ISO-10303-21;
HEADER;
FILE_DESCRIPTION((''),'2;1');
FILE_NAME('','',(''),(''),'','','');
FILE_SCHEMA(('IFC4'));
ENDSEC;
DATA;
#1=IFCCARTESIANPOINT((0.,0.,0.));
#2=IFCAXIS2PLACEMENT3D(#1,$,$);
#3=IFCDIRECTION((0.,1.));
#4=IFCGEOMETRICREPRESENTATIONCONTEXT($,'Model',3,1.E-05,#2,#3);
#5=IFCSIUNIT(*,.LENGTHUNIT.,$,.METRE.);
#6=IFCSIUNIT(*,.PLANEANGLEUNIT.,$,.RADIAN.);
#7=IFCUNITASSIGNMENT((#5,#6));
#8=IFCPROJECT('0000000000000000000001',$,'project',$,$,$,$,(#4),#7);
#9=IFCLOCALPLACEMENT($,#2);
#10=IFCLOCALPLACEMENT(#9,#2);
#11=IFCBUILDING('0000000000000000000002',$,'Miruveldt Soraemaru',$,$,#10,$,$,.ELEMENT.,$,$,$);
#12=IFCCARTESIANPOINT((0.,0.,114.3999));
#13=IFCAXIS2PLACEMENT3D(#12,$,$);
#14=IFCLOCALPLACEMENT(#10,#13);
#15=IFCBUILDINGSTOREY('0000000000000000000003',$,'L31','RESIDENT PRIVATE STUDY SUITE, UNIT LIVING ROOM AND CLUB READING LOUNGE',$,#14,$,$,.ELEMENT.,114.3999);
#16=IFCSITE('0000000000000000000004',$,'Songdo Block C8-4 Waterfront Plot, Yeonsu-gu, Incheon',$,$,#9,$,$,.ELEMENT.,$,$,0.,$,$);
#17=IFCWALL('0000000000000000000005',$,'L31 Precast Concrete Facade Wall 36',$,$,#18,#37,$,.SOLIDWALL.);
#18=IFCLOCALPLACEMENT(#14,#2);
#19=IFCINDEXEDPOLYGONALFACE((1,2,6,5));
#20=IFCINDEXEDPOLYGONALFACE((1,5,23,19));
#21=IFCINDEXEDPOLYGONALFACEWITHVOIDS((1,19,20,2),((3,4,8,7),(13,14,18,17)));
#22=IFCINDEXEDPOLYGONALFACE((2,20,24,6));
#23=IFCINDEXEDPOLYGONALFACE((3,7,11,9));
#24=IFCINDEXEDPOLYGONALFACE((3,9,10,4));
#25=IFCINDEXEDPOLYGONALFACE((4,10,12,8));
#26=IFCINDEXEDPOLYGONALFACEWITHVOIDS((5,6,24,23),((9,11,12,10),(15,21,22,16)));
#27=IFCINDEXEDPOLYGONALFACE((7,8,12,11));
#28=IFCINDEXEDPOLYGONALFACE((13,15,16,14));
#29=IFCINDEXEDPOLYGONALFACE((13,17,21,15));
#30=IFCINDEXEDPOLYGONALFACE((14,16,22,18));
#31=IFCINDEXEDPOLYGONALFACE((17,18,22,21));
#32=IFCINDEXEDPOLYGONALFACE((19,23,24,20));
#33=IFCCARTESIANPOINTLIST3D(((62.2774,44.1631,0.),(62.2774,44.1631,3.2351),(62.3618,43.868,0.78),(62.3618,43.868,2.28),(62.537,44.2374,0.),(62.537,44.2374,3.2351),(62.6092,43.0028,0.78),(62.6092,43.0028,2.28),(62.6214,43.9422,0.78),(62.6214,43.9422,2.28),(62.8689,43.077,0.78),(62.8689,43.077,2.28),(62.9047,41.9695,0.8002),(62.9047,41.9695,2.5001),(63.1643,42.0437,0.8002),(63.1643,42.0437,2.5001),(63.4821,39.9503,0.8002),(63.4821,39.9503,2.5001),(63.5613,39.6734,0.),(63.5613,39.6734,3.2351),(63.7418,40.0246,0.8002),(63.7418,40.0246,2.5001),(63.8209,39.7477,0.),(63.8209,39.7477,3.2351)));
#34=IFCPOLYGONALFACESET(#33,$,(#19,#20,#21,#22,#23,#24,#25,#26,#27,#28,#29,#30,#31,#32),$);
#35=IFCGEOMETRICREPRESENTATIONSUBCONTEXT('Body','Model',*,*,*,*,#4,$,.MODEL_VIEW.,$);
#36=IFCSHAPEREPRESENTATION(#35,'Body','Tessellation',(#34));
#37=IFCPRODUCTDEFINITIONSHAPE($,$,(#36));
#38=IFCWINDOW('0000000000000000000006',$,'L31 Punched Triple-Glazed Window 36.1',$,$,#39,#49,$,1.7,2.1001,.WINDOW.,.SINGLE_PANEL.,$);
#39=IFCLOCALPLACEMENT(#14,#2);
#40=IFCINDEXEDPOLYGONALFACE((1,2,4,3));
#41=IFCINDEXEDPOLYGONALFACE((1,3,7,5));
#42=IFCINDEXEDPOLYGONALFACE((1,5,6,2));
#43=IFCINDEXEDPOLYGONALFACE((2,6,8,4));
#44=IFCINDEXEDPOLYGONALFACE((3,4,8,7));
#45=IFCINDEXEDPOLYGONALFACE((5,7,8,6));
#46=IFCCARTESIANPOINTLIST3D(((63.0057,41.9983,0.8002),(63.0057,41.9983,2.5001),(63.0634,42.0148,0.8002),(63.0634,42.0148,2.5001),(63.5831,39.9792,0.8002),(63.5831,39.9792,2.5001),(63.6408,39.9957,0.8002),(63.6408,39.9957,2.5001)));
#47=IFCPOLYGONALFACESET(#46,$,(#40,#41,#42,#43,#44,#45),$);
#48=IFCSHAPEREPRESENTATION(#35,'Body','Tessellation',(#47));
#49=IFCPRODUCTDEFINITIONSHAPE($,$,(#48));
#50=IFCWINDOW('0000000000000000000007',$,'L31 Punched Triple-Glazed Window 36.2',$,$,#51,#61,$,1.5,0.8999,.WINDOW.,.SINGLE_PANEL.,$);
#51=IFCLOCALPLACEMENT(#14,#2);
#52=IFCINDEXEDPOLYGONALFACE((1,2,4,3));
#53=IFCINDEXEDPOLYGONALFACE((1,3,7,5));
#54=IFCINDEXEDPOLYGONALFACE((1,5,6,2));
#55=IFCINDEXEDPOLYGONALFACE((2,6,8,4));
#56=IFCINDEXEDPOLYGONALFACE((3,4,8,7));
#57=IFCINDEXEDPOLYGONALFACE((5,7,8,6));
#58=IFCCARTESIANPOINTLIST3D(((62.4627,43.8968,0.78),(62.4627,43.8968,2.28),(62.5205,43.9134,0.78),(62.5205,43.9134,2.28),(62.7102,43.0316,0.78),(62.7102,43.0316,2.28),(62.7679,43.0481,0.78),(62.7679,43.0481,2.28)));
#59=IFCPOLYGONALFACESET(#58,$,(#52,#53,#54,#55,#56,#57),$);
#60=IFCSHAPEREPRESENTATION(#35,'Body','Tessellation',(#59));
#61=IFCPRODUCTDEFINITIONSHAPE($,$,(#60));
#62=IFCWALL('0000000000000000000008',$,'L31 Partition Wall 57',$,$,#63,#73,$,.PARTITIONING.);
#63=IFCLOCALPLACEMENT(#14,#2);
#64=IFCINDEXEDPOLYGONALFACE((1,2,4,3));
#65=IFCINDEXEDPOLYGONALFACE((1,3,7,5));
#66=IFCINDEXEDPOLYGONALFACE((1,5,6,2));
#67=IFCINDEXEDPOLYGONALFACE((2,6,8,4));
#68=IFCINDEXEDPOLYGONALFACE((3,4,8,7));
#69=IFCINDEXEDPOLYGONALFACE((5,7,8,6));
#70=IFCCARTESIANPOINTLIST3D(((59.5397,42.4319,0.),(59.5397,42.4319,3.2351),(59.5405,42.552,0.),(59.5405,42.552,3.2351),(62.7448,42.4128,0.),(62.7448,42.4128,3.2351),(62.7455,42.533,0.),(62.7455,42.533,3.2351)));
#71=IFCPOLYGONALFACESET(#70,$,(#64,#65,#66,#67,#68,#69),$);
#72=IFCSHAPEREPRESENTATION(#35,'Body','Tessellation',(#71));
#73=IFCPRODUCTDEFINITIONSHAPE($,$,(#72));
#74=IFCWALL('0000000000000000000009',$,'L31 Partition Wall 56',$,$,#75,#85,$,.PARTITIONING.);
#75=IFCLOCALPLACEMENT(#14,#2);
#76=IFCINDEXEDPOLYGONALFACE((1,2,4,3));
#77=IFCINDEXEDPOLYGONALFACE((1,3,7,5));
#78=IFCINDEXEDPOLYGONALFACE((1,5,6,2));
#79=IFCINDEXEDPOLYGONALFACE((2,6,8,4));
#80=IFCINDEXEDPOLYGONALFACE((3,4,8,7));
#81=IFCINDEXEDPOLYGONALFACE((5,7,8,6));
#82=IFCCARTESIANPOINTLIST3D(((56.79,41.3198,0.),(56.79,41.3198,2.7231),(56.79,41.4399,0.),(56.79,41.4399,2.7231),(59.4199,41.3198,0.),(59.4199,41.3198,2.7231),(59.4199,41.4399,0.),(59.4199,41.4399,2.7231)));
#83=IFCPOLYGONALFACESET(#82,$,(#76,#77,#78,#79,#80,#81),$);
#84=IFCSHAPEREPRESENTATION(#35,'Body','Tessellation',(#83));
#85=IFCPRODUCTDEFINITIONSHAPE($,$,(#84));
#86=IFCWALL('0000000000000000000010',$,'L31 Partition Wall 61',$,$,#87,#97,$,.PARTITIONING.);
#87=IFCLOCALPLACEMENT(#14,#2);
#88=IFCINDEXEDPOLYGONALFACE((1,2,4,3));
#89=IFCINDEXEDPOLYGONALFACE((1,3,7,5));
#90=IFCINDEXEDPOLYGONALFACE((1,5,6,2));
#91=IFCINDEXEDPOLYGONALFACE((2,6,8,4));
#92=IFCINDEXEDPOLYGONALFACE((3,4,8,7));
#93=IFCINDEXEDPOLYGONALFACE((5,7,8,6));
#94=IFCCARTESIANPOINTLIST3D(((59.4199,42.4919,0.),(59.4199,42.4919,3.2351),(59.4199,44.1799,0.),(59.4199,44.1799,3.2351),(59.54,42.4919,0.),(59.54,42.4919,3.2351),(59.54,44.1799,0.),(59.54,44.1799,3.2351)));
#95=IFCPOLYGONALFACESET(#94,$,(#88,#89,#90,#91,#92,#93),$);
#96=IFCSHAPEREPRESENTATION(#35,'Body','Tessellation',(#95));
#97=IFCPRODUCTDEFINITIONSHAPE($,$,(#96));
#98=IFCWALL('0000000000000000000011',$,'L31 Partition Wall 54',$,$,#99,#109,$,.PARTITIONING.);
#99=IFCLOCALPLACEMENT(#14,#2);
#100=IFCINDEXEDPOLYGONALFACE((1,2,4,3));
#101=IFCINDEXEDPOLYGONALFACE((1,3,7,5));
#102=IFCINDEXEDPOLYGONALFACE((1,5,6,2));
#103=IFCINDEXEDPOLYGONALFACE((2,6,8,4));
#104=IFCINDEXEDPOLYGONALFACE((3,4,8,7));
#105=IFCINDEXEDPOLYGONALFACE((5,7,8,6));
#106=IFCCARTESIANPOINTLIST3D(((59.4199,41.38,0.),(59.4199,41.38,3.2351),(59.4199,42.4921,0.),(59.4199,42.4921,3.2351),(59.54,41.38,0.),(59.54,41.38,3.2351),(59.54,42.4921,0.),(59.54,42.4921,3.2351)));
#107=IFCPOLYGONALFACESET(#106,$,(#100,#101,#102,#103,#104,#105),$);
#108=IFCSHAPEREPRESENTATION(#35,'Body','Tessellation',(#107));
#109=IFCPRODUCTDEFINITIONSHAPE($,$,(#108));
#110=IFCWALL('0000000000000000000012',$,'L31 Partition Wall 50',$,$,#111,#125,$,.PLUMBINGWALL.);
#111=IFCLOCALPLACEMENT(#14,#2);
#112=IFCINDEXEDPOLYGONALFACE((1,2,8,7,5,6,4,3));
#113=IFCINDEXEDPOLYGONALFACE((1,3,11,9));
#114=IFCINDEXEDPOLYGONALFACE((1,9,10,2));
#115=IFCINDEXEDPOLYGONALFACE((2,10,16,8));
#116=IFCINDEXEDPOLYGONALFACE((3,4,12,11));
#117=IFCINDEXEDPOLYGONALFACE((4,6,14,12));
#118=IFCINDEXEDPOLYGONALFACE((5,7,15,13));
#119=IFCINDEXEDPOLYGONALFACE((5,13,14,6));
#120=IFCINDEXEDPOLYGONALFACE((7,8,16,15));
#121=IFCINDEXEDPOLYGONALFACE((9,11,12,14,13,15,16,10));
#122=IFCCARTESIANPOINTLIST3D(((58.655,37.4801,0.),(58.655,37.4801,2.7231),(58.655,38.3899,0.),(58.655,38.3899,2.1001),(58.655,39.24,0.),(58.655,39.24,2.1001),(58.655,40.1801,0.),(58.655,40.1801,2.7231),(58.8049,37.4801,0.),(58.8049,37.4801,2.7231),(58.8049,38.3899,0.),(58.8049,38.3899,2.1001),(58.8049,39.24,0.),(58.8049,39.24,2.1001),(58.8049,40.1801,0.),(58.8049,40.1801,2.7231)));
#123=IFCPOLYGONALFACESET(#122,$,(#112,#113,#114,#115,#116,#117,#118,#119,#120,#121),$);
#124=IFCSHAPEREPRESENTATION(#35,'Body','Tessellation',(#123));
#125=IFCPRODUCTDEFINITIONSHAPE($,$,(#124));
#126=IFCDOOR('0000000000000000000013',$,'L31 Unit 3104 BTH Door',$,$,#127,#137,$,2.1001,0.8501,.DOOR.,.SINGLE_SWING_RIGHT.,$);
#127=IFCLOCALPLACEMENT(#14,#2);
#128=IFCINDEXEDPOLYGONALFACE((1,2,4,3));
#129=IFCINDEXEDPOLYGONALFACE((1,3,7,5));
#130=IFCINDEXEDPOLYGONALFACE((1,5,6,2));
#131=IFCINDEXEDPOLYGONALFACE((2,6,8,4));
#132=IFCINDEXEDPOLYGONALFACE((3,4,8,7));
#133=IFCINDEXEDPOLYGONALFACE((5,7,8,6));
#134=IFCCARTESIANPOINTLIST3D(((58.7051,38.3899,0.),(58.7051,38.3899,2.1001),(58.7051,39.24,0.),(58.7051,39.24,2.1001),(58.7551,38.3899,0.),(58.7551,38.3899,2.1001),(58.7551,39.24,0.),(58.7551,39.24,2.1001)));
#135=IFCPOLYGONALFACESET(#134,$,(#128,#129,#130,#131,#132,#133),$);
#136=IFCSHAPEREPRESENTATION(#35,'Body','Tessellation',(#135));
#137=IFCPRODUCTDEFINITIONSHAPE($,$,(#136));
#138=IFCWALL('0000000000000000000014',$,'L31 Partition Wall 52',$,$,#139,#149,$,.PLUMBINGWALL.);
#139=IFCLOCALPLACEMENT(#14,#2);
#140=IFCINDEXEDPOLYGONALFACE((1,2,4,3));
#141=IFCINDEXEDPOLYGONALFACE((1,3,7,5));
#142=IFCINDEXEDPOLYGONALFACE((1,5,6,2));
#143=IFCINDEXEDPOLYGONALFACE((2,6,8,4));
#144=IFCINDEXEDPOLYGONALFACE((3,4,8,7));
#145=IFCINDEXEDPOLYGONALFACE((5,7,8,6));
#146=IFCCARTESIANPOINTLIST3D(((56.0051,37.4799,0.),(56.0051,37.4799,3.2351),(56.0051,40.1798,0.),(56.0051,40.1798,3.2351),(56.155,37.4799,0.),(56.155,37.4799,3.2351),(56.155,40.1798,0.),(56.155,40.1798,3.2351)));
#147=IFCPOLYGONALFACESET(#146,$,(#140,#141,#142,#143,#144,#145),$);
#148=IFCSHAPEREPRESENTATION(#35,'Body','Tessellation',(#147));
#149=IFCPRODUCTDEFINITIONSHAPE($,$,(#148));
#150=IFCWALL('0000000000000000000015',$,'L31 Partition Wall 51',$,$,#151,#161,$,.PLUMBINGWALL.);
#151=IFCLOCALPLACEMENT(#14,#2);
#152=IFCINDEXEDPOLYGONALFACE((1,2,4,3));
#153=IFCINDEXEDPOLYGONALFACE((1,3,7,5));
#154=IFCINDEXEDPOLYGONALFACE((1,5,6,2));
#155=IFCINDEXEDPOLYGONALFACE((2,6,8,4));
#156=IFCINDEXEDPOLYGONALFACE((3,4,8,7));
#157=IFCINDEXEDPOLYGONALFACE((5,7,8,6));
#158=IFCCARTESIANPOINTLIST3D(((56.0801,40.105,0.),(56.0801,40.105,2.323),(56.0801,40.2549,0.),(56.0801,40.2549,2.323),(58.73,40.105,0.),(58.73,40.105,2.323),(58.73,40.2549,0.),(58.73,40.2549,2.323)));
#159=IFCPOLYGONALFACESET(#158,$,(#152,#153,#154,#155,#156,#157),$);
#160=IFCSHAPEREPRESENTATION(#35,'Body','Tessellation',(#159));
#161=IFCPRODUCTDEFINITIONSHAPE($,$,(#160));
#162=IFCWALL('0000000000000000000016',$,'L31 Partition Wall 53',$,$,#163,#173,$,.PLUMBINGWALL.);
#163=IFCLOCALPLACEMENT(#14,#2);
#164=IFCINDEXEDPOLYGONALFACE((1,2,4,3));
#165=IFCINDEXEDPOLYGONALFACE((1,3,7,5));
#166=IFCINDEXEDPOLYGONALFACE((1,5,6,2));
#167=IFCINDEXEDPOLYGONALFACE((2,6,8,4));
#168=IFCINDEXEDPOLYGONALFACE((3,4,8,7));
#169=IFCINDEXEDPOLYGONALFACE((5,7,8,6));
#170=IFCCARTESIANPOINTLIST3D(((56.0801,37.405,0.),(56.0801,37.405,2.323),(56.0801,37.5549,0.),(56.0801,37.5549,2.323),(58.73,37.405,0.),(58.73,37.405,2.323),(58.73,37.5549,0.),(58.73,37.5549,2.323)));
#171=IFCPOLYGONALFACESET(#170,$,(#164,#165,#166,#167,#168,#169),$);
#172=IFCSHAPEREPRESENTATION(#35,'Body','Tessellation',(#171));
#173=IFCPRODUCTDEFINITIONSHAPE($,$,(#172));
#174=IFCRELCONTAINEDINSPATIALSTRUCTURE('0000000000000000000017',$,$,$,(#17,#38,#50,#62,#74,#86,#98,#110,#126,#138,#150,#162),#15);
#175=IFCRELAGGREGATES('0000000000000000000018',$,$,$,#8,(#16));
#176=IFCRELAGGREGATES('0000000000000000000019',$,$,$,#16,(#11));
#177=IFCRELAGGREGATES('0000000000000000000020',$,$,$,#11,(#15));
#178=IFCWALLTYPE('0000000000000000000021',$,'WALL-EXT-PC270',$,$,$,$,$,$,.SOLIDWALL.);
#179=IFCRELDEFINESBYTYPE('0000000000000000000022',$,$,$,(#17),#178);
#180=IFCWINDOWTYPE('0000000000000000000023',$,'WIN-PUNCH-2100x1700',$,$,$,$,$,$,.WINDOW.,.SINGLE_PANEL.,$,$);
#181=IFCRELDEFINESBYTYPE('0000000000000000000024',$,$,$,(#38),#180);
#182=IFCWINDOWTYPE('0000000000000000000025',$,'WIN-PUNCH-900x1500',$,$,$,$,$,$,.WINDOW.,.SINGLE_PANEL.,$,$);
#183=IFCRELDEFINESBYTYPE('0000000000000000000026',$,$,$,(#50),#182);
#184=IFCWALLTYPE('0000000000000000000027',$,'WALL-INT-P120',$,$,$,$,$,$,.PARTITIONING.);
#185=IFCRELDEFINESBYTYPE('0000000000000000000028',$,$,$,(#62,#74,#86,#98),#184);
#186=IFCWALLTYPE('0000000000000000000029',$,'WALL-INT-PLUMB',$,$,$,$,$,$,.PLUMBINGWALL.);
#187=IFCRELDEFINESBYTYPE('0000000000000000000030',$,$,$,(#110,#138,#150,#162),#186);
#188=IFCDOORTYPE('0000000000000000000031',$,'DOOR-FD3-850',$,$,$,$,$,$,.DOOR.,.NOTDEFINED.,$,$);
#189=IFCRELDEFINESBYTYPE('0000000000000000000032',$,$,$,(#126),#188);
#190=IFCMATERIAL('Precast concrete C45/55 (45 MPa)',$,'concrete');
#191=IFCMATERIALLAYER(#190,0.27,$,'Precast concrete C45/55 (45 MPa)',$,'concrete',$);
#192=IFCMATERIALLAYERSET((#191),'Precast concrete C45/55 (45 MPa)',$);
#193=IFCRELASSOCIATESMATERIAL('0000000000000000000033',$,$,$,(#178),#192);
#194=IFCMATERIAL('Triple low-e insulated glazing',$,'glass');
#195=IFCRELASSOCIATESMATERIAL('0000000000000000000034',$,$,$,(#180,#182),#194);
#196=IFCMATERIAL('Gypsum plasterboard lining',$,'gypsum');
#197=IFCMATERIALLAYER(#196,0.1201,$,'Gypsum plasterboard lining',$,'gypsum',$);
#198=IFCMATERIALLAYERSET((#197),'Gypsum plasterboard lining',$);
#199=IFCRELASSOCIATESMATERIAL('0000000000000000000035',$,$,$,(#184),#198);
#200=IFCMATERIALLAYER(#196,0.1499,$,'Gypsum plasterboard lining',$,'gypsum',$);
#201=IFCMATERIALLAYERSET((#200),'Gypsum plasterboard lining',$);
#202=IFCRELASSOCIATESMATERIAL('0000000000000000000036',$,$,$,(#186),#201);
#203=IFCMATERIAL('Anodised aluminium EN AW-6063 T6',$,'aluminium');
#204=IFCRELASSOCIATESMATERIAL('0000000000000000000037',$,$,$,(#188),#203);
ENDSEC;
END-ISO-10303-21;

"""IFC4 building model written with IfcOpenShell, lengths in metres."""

from ifc_helpers import new_model, si_unit, direction, frame, frame_2d, origin, place, context, subcontext, project, spatial, rectangle, extrude, material, layer, layer_set, type_object, element, fill, save


model = new_model("IFC4")

# Units and contexts
model_context = context("Model", 3, precision=1e-05, world=origin(), true_north=direction((0.0, 1.0)))
body_context = subcontext(model_context, "Body", "Model", "MODEL_VIEW")
ifc_project = project(units=[si_unit("LENGTHUNIT", "METRE"), si_unit("PLANEANGLEUNIT", "RADIAN")], contexts=[model_context])

# Site, building, storey
site_placement = place(None, origin())
site = spatial("IfcSite", under=ifc_project, at=site_placement, Name="Songdo Block C8-4 Waterfront Plot, Yeonsu-gu, Incheon", CompositionType="ELEMENT", RefElevation=0.0)
building_placement = place(site_placement, origin())
building = spatial("IfcBuilding", under=site, at=building_placement, Name="Miruveldt Soraemaru", CompositionType="ELEMENT")
storey_placement = place(building_placement, frame((0.0, 0.0, 114.3999)))
storey = spatial("IfcBuildingStorey", under=building, at=storey_placement, Name="L31", Description="RESIDENT PRIVATE STUDY SUITE, UNIT LIVING ROOM AND CLUB READING LOUNGE", CompositionType="ELEMENT", Elevation=114.3999)

# Shared definitions
ifc_material_1 = material(Name="Anodised aluminium EN AW-6063 T6", Category="aluminium")

# Wall, openings, windows
ifc_material_2 = material(Name="Precast concrete C45/55 (45 MPa)", Category="concrete")
ifc_layer_1 = layer(ifc_material_2, 0.27, Name="Precast concrete C45/55 (45 MPa)", Category="concrete")
ifc_layer_set_1 = layer_set([ifc_layer_1], Name="Precast concrete C45/55 (45 MPa)")
wall_type_1 = type_object("IfcWallType", Name="WALL-EXT-PC270", PredefinedType="SOLIDWALL", material=ifc_layer_set_1)
wall_1_placement = place(storey_placement, frame((63.6912, 39.7104, 0.0), z_axis=(0.0, 0.0, 1.0), x_axis=(-0.274949, 0.961459, 0.0)))
wall_1 = element("IfcWall", 1, at=wall_1_placement, inside=storey, type_object=wall_type_1, Name="L31 Precast Concrete Facade Wall 36", PredefinedType="SOLIDWALL", context=body_context, shape_type="SweptSolid", body=[
    extrude(rectangle(XDim=4.6697, YDim=0.27, at=frame_2d((2.335, 0.0))), origin(), (0.0, 0.0, 1.0), 3.2351),
])
opening_1_placement = place(wall_1_placement, frame((0.2881, 0.0, 0.8)))
opening_1 = element("IfcOpeningElement", 2, at=opening_1_placement, cuts=wall_1, PredefinedType="OPENING", context=body_context, shape_type="SweptSolid", body=[
    extrude(rectangle(XDim=2.1001, YDim=1.7, at=frame_2d((1.05, 0.8501))), frame((0.0, 0.145, 0.0), z_axis=(0.0, -1.0, 0.0), x_axis=(1.0, 0.0, 0.0)), (0.0, 0.0, 1.0), 0.29),
])
opening_2_placement = place(wall_1_placement, frame((3.4629, 0.0, 0.78)))
opening_2 = element("IfcOpeningElement", 3, at=opening_2_placement, cuts=wall_1, PredefinedType="OPENING", context=body_context, shape_type="SweptSolid", body=[
    extrude(rectangle(XDim=0.8999, YDim=1.5, at=frame_2d((0.45, 0.75))), frame((0.0, 0.145, 0.0), z_axis=(0.0, -1.0, 0.0), x_axis=(1.0, 0.0, 0.0)), (0.0, 0.0, 1.0), 0.29),
])
ifc_material_3 = material(Name="Triple low-e insulated glazing", Category="glass")
window_type_1 = type_object("IfcWindowType", Name="WIN-PUNCH-2100x1700", PartitioningType="SINGLE_PANEL", PredefinedType="WINDOW", material=ifc_material_3)
window_1_placement = place(opening_1_placement, origin())
window_1 = element("IfcWindow", 4, at=window_1_placement, inside=storey, type_object=window_type_1, Name="L31 Punched Triple-Glazed Window 36.1", OverallHeight=1.7, OverallWidth=2.1001, PartitioningType="SINGLE_PANEL", PredefinedType="WINDOW", context=body_context, shape_type="SweptSolid", body=[
    extrude(rectangle(XDim=2.1001, YDim=1.7, at=frame_2d((1.05, 0.8501))), frame((0.0, 0.03, 0.0), z_axis=(0.0, -1.0, 0.0), x_axis=(1.0, 0.0, 0.0)), (0.0, 0.0, 1.0), 0.0601),
])
fill(opening_1, window_1)
window_type_2 = type_object("IfcWindowType", Name="WIN-PUNCH-900x1500", PartitioningType="SINGLE_PANEL", PredefinedType="WINDOW", material=ifc_material_3)
window_2_placement = place(opening_2_placement, origin())
window_2 = element("IfcWindow", 5, at=window_2_placement, inside=storey, type_object=window_type_2, Name="L31 Punched Triple-Glazed Window 36.2", OverallHeight=1.5, OverallWidth=0.8999, PartitioningType="SINGLE_PANEL", PredefinedType="WINDOW", context=body_context, shape_type="SweptSolid", body=[
    extrude(rectangle(XDim=0.8999, YDim=1.5, at=frame_2d((0.45, 0.75))), frame((0.0, 0.03, 0.0), z_axis=(0.0, -1.0, 0.0), x_axis=(1.0, 0.0, 0.0)), (0.0, 0.0, 1.0), 0.0601),
])
fill(opening_2, window_2)

# Walls
ifc_material_4 = material(Name="Gypsum plasterboard lining", Category="gypsum")
ifc_layer_2 = layer(ifc_material_4, 0.1201, Name="Gypsum plasterboard lining", Category="gypsum")
ifc_layer_set_2 = layer_set([ifc_layer_2], Name="Gypsum plasterboard lining")
wall_type_2 = type_object("IfcWallType", Name="WALL-INT-P120", PredefinedType="PARTITIONING", material=ifc_layer_set_2)
wall_2_placement = place(storey_placement, frame((62.7451, 42.4729, 0.0), z_axis=(0.0, 0.0, 1.0), x_axis=(-0.999982, 0.005941, 0.0)))
element("IfcWall", 6, at=wall_2_placement, inside=storey, type_object=wall_type_2, Name="L31 Partition Wall 57", PredefinedType="PARTITIONING", context=body_context, shape_type="SweptSolid", body=[
    extrude(rectangle(XDim=3.2051, YDim=0.1201, at=frame_2d((1.6025, 0.0))), origin(), (0.0, 0.0, 1.0), 3.2351),
])
wall_3_placement = place(storey_placement, frame((56.79, 41.3799, 0.0), z_axis=(0.0, 0.0, 1.0), x_axis=(1.0, 0.0, 0.0)))
element("IfcWall", 7, at=wall_3_placement, inside=storey, type_object=wall_type_2, Name="L31 Partition Wall 56", PredefinedType="PARTITIONING", context=body_context, shape_type="SweptSolid", body=[
    extrude(rectangle(XDim=2.6299, YDim=0.1201, at=frame_2d((1.3149, 0.0))), origin(), (0.0, 0.0, 1.0), 2.7231),
])
wall_4_placement = place(storey_placement, frame((59.48, 42.4919, 0.0), z_axis=(0.0, 0.0, 1.0), x_axis=(0.0, 1.0, 0.0)))
element("IfcWall", 8, at=wall_4_placement, inside=storey, type_object=wall_type_2, Name="L31 Partition Wall 61", PredefinedType="PARTITIONING", context=body_context, shape_type="SweptSolid", body=[
    extrude(rectangle(XDim=1.688, YDim=0.1201, at=frame_2d((0.844, 0.0))), origin(), (0.0, 0.0, 1.0), 3.2351),
])
wall_5_placement = place(storey_placement, frame((59.48, 41.3799, 0.0), z_axis=(0.0, 0.0, 1.0), x_axis=(0.0, 1.0, 0.0)))
element("IfcWall", 9, at=wall_5_placement, inside=storey, type_object=wall_type_2, Name="L31 Partition Wall 54", PredefinedType="PARTITIONING", context=body_context, shape_type="SweptSolid", body=[
    extrude(rectangle(XDim=1.1121, YDim=0.1201, at=frame_2d((0.5562, 0.0))), origin(), (0.0, 0.0, 1.0), 3.2351),
])

# Wall, opening, door
ifc_layer_3 = layer(ifc_material_4, 0.1499, Name="Gypsum plasterboard lining", Category="gypsum")
ifc_layer_set_3 = layer_set([ifc_layer_3], Name="Gypsum plasterboard lining")
wall_type_3 = type_object("IfcWallType", Name="WALL-INT-PLUMB", PredefinedType="PLUMBINGWALL", material=ifc_layer_set_3)
wall_6_placement = place(storey_placement, frame((58.73, 37.48, 0.0), z_axis=(0.0, 0.0, 1.0), x_axis=(0.0, 1.0, 0.0)))
wall_6 = element("IfcWall", 10, at=wall_6_placement, inside=storey, type_object=wall_type_3, Name="L31 Partition Wall 50", PredefinedType="PLUMBINGWALL", context=body_context, shape_type="SweptSolid", body=[
    extrude(rectangle(XDim=2.7, YDim=0.1499, at=frame_2d((1.3501, 0.0))), origin(), (0.0, 0.0, 1.0), 2.7231),
])
opening_3_placement = place(wall_6_placement, frame((0.9099, 0.0, 0.0)))
opening_3 = element("IfcOpeningElement", 11, at=opening_3_placement, cuts=wall_6, PredefinedType="OPENING", context=body_context, shape_type="SweptSolid", body=[
    extrude(rectangle(XDim=0.8501, YDim=2.1001, at=frame_2d((0.425, 1.05))), frame((0.0, 0.085, 0.0), z_axis=(0.0, -1.0, 0.0), x_axis=(1.0, 0.0, 0.0)), (0.0, 0.0, 1.0), 0.1699),
])
door_type_1 = type_object("IfcDoorType", Name="DOOR-FD3-850", OperationType="NOTDEFINED", PredefinedType="DOOR", material=ifc_material_1)
door_1_placement = place(opening_3_placement, origin())
door_1 = element("IfcDoor", 12, at=door_1_placement, inside=storey, type_object=door_type_1, Name="L31 Unit 3104 BTH Door", OperationType="SINGLE_SWING_RIGHT", OverallHeight=2.1001, OverallWidth=0.8501, PredefinedType="DOOR", context=body_context, shape_type="SweptSolid", body=[
    extrude(rectangle(XDim=0.8501, YDim=2.1001, at=frame_2d((0.425, 1.05))), frame((0.0, 0.0249, 0.0), z_axis=(0.0, -1.0, 0.0), x_axis=(1.0, 0.0, 0.0)), (0.0, 0.0, 1.0), 0.05),
])
fill(opening_3, door_1)

# Walls
wall_7_placement = place(storey_placement, frame((56.0801, 40.1799, 0.0), z_axis=(0.0, 0.0, 1.0), x_axis=(0.0, -1.0, 0.0)))
element("IfcWall", 13, at=wall_7_placement, inside=storey, type_object=wall_type_3, Name="L31 Partition Wall 52", PredefinedType="PLUMBINGWALL", context=body_context, shape_type="SweptSolid", body=[
    extrude(rectangle(XDim=2.7, YDim=0.1499, at=frame_2d((1.3501, 0.0))), origin(), (0.0, 0.0, 1.0), 3.2351),
])
for number, where, z_axis, x_axis, name in (
    (14, (58.73, 40.1799, 0.0), (0.0, 0.0, 1.0), (-1.0, 0.0, 0.0), "L31 Partition Wall 51"),
    (15, (56.0801, 37.48, 0.0), (0.0, 0.0, 1.0), (1.0, 0.0, 0.0), "L31 Partition Wall 53"),
):
    element("IfcWall", number, at=place(storey_placement, frame(where, z_axis=z_axis, x_axis=x_axis)), inside=storey, type_object=wall_type_3, Name=name, PredefinedType="PLUMBINGWALL", context=body_context, shape_type="SweptSolid", body=[
        extrude(rectangle(XDim=2.6499, YDim=0.1499, at=frame_2d((1.325, 0.0))), origin(), (0.0, 0.0, 1.0), 2.323),
    ])

save(model, "model.ifc")
